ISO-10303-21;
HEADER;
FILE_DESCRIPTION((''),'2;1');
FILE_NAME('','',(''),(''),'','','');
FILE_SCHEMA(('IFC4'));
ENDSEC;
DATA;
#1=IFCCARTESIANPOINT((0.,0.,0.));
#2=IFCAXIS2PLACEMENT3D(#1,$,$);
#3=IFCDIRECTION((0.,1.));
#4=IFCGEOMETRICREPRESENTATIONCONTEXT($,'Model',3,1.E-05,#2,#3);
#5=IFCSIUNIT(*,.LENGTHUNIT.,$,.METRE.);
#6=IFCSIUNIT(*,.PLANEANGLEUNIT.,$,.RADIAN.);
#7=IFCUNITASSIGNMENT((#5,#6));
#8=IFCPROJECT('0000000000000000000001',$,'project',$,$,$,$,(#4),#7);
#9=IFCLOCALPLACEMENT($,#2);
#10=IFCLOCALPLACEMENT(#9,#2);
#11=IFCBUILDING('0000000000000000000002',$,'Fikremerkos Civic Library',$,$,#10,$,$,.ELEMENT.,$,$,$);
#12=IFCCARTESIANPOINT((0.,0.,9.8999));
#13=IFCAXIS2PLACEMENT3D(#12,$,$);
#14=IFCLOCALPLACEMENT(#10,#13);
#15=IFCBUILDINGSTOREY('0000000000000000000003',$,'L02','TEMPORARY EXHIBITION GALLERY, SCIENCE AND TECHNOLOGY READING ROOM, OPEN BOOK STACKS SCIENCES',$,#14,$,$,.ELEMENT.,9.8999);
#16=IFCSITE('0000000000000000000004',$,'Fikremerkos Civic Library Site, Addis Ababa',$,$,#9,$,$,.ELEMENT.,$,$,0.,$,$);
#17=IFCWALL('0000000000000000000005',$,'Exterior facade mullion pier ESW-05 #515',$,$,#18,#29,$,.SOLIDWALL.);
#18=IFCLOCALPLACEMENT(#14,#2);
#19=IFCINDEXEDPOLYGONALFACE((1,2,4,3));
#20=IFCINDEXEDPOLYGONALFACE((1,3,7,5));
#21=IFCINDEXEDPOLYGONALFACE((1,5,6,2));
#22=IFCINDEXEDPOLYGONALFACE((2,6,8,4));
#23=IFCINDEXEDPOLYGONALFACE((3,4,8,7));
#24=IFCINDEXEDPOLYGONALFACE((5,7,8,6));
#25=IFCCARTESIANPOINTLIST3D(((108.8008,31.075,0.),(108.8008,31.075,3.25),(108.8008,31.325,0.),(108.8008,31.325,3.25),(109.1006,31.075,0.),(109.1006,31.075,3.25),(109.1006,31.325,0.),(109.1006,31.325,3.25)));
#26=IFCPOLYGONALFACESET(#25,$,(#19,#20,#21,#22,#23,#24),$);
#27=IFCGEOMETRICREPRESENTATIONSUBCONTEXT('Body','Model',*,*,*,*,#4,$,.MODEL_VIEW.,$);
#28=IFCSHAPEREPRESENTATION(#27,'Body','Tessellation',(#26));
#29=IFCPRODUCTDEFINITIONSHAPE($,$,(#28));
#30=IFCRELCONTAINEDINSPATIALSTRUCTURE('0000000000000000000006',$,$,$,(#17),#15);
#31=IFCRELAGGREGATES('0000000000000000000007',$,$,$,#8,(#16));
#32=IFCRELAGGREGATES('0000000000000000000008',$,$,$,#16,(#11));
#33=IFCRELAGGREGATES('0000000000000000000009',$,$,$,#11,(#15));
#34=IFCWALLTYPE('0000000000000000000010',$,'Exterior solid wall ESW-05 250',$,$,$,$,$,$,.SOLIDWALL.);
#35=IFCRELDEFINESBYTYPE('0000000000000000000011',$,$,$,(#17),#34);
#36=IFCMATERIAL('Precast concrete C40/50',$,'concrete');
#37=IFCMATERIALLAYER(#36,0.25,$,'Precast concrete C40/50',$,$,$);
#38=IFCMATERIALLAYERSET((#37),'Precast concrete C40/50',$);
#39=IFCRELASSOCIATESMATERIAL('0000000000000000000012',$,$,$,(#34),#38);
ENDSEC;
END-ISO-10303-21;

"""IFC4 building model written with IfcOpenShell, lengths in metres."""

from ifc_helpers import new_model, si_unit, direction, frame, frame_2d, origin, place, context, subcontext, project, spatial, rectangle, extrude, material, layer, layer_set, type_object, element, save


model = new_model("IFC4")

# Units and contexts
model_context = context("Model", 3, precision=1e-05, world=origin(), true_north=direction((0.0, 1.0)))
body_context = subcontext(model_context, "Body", "Model", "MODEL_VIEW")
ifc_project = project(units=[si_unit("LENGTHUNIT", "METRE"), si_unit("PLANEANGLEUNIT", "RADIAN")], contexts=[model_context])

# Site, building, storey
site_placement = place(None, origin())
site = spatial("IfcSite", under=ifc_project, at=site_placement, Name="Fikremerkos Civic Library Site, Addis Ababa", CompositionType="ELEMENT", RefElevation=0.0)
building_placement = place(site_placement, origin())
building = spatial("IfcBuilding", under=site, at=building_placement, Name="Fikremerkos Civic Library", CompositionType="ELEMENT")
storey_placement = place(building_placement, frame((0.0, 0.0, 9.8999)))
storey = spatial("IfcBuildingStorey", under=building, at=storey_placement, Name="L02", Description="TEMPORARY EXHIBITION GALLERY, SCIENCE AND TECHNOLOGY READING ROOM, OPEN BOOK STACKS SCIENCES", CompositionType="ELEMENT", Elevation=9.8999)

# Wall
ifc_material_1 = material(Name="Precast concrete C40/50", Category="concrete")
ifc_layer_1 = layer(ifc_material_1, 0.25, Name="Precast concrete C40/50")
ifc_layer_set_1 = layer_set([ifc_layer_1], Name="Precast concrete C40/50")
wall_type = type_object("IfcWallType", Name="Exterior solid wall ESW-05 250", PredefinedType="SOLIDWALL", material=ifc_layer_set_1)
wall_placement = place(storey_placement, frame((108.8008, 31.2, 0.0), z_axis=(0.0, 0.0, 1.0), x_axis=(1.0, 0.0, 0.0)))
element("IfcWall", 1, at=wall_placement, inside=storey, type_object=wall_type, Name="Exterior facade mullion pier ESW-05 #515", PredefinedType="SOLIDWALL", context=body_context, shape_type="SweptSolid", body=[
    extrude(rectangle(XDim=0.2998, YDim=0.25, at=frame_2d((0.1499, 0.0))), origin(), (0.0, 0.0, 1.0), 3.25),
])

save(model, "model.ifc")
